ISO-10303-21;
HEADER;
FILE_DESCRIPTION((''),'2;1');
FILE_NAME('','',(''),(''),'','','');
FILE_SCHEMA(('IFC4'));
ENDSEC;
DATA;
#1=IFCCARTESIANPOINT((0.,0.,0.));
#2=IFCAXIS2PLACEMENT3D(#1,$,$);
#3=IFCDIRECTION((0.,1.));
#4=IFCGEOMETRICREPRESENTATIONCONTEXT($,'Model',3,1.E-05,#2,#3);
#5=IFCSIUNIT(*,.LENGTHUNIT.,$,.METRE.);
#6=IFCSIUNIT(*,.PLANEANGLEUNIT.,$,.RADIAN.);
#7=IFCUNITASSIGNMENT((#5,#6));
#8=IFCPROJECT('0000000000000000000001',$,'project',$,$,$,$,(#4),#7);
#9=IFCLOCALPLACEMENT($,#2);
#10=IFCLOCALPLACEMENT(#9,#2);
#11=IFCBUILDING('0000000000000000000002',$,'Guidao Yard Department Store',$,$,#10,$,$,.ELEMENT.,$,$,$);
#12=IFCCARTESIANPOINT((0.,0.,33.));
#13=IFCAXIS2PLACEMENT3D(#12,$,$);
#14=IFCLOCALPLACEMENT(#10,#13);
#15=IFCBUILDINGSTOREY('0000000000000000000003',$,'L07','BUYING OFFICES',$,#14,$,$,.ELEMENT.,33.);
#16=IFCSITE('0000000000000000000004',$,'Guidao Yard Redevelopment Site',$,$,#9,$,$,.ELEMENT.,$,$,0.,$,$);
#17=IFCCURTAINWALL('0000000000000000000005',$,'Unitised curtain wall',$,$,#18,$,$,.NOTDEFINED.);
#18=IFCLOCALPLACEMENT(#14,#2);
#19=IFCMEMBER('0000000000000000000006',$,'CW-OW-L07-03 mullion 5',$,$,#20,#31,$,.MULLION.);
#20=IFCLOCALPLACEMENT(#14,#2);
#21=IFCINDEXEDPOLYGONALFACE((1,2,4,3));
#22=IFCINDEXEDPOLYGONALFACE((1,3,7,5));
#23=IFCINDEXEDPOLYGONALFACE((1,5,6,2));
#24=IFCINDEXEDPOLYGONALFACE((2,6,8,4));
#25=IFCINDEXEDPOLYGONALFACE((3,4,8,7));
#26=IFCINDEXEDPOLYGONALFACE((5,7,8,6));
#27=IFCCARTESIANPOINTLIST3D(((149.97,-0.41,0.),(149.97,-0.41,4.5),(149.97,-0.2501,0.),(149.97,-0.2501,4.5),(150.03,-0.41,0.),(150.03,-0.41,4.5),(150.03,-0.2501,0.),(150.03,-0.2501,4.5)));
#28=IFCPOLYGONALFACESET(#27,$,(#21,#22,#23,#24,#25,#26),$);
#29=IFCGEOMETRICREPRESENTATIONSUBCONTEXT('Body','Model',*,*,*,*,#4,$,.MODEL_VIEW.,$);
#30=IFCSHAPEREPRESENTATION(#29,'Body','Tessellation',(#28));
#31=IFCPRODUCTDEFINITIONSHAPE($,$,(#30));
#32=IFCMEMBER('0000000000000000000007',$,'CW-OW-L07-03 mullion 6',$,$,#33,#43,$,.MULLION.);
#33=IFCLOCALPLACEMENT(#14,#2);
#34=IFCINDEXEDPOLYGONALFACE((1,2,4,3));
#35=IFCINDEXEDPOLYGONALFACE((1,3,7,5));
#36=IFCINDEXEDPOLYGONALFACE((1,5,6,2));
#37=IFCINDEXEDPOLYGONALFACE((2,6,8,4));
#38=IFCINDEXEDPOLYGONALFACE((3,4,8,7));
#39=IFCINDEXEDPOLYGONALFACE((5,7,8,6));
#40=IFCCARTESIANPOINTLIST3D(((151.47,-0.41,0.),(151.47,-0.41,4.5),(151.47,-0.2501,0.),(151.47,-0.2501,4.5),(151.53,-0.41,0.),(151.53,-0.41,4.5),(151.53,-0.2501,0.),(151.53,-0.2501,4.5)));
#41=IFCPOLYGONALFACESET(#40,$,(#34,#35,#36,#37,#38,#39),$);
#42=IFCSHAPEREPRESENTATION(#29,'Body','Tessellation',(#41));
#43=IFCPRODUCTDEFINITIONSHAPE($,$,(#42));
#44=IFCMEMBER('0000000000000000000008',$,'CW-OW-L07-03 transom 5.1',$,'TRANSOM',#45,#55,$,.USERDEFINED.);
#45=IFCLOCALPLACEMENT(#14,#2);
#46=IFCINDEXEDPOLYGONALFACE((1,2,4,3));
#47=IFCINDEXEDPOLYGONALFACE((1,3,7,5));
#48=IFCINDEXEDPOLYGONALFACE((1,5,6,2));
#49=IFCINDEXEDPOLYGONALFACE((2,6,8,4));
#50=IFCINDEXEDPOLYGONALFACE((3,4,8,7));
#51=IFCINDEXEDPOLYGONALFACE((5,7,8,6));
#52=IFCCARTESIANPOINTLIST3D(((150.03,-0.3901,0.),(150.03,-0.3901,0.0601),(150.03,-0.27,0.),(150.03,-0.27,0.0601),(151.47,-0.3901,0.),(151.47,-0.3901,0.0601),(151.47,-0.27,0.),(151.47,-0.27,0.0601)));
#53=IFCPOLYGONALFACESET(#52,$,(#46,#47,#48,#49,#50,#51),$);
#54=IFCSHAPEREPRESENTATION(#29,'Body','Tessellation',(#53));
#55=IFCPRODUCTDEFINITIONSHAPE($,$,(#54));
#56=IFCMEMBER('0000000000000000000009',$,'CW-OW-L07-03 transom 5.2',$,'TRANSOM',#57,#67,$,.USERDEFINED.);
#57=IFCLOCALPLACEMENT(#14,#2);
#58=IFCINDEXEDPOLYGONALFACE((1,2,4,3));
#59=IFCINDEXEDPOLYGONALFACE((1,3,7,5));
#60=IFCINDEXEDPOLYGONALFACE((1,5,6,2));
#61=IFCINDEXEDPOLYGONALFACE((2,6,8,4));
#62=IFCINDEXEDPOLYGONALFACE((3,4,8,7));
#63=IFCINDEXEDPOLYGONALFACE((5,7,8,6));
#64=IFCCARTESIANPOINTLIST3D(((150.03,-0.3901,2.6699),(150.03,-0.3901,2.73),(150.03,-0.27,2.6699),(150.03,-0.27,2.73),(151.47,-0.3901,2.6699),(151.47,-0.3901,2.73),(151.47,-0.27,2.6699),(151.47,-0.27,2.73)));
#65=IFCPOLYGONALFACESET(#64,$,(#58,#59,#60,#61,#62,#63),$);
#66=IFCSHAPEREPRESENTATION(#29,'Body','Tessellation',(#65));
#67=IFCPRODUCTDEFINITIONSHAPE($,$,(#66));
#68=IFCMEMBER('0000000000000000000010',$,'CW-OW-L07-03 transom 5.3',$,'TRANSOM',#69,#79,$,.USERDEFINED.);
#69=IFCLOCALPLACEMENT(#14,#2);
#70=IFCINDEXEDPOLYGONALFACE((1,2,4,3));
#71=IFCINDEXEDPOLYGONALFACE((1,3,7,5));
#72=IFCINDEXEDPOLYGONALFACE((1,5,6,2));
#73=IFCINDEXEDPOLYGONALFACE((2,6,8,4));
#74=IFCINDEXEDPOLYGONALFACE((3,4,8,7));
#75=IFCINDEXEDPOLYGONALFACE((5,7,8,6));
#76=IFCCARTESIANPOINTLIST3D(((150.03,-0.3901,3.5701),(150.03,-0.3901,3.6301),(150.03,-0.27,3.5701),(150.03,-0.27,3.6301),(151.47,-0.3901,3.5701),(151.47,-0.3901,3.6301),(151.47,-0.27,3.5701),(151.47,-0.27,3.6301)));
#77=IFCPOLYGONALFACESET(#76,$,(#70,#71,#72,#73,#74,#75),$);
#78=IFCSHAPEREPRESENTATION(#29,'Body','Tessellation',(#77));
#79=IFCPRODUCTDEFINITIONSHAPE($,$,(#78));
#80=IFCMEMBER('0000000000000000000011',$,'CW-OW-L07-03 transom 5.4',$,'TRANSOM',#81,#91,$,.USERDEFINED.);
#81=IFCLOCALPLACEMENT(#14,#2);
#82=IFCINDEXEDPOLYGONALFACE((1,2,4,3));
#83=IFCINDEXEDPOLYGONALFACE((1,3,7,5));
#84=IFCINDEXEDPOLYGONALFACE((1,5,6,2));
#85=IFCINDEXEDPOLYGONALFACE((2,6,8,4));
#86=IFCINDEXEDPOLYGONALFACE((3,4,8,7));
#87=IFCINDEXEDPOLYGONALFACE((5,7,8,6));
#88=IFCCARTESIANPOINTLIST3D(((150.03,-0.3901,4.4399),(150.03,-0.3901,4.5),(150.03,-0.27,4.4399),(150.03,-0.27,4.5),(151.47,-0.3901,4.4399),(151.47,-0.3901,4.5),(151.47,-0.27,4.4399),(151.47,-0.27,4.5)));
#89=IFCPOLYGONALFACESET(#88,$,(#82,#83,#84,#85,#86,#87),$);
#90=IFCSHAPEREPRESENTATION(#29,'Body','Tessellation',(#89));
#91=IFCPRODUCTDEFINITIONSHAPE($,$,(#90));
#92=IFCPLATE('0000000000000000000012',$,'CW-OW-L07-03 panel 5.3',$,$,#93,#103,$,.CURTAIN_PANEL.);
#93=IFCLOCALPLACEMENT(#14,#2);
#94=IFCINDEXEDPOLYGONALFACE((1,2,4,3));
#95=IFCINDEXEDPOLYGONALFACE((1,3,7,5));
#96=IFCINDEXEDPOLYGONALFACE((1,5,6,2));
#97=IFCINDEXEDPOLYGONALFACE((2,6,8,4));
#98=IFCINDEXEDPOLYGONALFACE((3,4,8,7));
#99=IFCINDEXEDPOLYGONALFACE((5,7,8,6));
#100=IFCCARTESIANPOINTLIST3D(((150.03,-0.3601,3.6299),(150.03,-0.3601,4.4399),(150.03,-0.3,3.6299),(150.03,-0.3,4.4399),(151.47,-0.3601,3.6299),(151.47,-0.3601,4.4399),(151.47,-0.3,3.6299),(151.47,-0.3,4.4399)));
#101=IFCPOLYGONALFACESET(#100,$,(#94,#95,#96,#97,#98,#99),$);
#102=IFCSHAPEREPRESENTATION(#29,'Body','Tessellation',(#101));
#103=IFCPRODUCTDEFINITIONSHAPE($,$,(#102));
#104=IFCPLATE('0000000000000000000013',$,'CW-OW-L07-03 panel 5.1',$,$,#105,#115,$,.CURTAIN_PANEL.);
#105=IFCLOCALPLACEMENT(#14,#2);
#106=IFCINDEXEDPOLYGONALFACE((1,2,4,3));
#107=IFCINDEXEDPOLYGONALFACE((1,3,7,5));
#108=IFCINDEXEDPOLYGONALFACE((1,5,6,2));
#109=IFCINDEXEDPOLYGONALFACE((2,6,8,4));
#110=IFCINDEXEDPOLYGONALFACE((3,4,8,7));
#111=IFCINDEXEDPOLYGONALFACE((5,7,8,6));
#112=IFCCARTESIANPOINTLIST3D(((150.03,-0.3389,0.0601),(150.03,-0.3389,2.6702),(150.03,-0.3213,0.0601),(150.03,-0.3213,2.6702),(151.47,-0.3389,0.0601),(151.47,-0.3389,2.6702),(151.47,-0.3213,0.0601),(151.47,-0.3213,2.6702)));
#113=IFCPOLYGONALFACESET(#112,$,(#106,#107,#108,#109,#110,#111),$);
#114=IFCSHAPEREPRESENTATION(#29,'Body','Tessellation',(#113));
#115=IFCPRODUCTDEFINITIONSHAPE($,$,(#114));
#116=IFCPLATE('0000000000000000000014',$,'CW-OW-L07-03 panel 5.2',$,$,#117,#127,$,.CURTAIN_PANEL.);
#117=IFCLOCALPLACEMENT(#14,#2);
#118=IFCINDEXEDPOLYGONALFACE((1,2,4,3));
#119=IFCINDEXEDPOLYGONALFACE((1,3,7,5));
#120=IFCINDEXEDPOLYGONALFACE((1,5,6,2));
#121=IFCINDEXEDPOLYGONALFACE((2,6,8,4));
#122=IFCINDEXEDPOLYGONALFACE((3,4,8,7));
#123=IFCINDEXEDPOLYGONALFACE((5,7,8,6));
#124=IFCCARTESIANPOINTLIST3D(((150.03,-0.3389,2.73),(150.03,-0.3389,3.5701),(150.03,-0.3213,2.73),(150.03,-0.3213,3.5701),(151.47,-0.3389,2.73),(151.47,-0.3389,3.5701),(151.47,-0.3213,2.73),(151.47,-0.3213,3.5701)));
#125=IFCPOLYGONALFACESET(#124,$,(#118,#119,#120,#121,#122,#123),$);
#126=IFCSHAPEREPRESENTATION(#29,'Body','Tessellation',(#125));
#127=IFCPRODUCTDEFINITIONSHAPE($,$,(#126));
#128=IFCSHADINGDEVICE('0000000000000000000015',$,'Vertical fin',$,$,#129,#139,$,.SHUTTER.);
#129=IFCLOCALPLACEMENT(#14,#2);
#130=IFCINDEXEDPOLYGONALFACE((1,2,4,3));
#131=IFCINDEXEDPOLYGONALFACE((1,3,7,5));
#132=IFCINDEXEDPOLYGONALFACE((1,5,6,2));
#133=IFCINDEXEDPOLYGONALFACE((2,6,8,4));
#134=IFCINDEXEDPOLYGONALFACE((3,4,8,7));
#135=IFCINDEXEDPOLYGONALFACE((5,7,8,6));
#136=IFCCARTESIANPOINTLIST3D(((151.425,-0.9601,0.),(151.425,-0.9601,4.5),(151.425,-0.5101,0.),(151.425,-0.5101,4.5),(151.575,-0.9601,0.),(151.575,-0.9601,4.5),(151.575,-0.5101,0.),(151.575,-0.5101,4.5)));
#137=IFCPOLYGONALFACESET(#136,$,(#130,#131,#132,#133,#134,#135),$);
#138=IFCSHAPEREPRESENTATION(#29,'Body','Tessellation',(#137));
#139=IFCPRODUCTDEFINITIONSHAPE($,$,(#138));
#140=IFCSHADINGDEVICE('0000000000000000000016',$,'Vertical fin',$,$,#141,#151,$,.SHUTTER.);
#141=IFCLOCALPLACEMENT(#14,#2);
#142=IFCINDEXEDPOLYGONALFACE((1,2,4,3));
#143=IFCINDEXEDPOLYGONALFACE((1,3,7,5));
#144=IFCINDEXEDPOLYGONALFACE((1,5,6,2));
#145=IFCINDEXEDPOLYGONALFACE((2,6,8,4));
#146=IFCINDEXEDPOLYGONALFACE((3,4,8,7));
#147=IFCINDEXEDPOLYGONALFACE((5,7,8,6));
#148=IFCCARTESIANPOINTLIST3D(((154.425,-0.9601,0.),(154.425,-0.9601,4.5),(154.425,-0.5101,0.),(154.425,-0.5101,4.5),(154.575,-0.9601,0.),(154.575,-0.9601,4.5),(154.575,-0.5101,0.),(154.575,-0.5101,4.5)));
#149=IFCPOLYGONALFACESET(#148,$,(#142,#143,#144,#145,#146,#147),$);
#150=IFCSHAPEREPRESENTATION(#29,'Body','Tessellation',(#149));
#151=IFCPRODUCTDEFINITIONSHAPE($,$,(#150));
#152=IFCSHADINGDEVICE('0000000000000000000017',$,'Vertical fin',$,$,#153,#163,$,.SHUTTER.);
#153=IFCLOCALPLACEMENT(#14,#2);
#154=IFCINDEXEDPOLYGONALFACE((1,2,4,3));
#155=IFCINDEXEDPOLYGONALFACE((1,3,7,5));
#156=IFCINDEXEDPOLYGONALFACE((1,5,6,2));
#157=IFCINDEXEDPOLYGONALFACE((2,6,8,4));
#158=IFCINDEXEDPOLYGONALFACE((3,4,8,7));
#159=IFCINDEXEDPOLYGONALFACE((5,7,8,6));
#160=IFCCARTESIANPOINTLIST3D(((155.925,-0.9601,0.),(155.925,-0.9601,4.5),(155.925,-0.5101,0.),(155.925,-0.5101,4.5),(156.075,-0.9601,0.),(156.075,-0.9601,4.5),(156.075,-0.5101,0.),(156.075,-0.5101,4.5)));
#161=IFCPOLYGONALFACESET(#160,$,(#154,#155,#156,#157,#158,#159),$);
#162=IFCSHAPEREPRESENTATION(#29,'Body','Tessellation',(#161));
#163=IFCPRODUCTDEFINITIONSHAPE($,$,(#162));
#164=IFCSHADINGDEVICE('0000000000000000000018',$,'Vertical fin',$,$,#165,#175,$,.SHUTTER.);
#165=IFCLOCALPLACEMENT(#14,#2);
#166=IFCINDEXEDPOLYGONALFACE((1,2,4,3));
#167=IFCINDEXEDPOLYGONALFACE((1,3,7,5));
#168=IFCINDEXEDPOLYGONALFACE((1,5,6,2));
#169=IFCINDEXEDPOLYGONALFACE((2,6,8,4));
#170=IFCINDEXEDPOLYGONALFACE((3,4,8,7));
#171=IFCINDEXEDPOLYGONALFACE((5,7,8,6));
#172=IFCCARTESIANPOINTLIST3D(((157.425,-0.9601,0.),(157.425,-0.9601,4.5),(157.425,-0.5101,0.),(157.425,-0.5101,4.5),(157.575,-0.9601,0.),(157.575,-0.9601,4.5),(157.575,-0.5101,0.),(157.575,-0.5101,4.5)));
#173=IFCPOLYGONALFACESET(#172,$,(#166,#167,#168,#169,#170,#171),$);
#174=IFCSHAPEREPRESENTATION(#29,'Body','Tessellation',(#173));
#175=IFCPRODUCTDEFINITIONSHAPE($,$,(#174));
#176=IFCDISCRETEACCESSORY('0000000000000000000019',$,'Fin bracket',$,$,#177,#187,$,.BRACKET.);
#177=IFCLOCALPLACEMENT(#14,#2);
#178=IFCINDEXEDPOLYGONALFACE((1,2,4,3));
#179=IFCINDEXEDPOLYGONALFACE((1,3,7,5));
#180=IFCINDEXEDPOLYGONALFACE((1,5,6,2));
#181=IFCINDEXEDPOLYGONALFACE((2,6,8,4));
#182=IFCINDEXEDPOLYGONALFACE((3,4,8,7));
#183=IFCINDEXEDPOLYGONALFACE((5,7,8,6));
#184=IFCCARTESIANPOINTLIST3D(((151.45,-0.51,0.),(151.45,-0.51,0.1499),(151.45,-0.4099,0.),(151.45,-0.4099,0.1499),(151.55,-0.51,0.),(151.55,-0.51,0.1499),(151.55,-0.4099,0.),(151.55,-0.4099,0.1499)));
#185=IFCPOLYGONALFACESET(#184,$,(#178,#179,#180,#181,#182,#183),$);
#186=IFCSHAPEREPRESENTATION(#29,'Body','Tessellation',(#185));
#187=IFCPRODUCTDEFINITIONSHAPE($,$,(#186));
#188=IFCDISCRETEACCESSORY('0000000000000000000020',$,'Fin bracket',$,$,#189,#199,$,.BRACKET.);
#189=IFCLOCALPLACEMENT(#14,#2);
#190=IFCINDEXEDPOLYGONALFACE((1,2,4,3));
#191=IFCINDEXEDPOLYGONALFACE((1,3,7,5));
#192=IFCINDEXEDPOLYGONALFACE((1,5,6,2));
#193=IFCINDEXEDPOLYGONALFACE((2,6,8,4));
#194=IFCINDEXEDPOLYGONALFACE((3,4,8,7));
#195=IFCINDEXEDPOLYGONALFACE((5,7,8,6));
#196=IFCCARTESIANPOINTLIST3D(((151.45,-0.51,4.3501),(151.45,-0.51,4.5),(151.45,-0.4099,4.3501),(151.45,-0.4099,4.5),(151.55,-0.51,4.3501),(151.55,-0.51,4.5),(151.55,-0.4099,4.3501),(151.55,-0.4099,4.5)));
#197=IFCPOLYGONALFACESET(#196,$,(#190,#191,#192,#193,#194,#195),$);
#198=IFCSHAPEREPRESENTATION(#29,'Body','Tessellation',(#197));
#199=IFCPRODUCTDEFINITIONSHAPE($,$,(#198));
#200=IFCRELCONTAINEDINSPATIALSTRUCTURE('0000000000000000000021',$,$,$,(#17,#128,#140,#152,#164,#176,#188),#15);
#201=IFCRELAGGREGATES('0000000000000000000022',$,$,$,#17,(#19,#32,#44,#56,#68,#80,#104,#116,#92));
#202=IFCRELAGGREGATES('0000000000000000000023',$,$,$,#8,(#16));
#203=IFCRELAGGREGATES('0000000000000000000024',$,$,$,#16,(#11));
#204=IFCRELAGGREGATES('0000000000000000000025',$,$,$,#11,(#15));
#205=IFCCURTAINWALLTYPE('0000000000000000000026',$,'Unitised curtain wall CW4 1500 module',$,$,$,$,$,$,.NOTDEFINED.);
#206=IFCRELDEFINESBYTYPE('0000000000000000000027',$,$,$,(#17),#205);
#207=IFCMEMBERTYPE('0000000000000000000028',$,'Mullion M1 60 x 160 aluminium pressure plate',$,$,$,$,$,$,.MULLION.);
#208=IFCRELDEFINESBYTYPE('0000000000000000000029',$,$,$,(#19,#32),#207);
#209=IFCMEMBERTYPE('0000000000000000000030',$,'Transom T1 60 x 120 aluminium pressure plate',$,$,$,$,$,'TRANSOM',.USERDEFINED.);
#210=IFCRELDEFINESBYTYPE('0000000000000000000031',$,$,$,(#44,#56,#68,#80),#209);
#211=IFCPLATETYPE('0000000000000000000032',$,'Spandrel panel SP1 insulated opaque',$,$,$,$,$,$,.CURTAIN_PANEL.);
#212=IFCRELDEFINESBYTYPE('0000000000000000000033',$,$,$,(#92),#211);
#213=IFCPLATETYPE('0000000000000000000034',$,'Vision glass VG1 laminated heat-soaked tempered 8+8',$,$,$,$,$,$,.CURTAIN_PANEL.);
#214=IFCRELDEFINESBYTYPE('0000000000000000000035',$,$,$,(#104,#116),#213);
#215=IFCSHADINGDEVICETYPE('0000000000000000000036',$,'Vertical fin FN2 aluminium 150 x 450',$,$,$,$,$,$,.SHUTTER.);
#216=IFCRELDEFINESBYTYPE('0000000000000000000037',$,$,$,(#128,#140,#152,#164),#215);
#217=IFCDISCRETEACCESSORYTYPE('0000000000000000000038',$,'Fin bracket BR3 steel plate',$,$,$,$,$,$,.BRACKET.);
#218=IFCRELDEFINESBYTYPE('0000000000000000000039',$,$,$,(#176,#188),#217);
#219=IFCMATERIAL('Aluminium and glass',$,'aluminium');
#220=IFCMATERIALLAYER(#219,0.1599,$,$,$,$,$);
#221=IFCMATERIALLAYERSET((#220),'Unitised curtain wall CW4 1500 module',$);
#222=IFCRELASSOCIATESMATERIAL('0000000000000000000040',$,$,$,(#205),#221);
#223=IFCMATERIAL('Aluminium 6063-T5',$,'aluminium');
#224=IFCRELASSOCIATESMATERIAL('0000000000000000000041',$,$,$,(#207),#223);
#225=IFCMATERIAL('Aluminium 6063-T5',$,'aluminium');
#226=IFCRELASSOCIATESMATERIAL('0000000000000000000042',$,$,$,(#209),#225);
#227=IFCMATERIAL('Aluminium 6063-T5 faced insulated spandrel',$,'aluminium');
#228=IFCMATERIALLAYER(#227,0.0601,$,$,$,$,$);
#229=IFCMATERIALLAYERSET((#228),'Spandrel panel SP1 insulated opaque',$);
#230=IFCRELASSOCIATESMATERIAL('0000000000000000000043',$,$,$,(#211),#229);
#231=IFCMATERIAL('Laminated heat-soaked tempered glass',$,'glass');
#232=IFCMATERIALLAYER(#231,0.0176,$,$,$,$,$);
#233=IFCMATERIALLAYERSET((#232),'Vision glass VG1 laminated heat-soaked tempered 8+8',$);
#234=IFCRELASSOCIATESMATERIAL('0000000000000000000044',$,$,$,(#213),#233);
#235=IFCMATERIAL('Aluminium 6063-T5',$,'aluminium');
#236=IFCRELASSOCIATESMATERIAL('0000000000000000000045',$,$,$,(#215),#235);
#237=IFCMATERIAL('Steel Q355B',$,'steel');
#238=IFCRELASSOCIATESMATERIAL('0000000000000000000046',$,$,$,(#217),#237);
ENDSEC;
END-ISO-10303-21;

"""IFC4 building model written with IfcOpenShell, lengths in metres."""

from ifc_helpers import new_model, si_unit, direction, frame, origin, origin_2d, place, context, subcontext, project, spatial, rectangle, extrude, material, layer, layer_set, material_profile, profile_set, type_object, element, aggregate, save


model = new_model("IFC4")

# Units and contexts
model_context = context("Model", 3, precision=1e-05, world=origin(), true_north=direction((0.0, 1.0)))
body_context = subcontext(model_context, "Body", "Model", "MODEL_VIEW")
ifc_project = project(units=[si_unit("LENGTHUNIT", "METRE"), si_unit("PLANEANGLEUNIT", "RADIAN")], contexts=[model_context])

# Site, building, storey
site_placement = place(None, origin())
site = spatial("IfcSite", under=ifc_project, at=site_placement, Name="Guidao Yard Redevelopment Site", CompositionType="ELEMENT", RefElevation=0.0)
building_placement = place(site_placement, origin())
building = spatial("IfcBuilding", under=site, at=building_placement, Name="Guidao Yard Department Store", CompositionType="ELEMENT")
storey_placement = place(building_placement, frame((0.0, 0.0, 33.0)))
storey = spatial("IfcBuildingStorey", under=building, at=storey_placement, Name="L07", Description="BUYING OFFICES", CompositionType="ELEMENT", Elevation=33.0)

# Curtain wall, members, plates
ifc_material_1 = material(Name="Aluminium and glass", Category="aluminium")
ifc_layer_1 = layer(ifc_material_1, 0.1599)
ifc_layer_set_1 = layer_set([ifc_layer_1], Name="Unitised curtain wall CW4 1500 module")
curtain_wall_type = type_object("IfcCurtainWallType", Name="Unitised curtain wall CW4 1500 module", PredefinedType="NOTDEFINED", material=ifc_layer_set_1)
curtain_wall_placement = place(storey_placement, origin())
curtain_wall = element("IfcCurtainWall", 1, at=curtain_wall_placement, inside=storey, type_object=curtain_wall_type, Name="Unitised curtain wall", PredefinedType="NOTDEFINED")
ifc_material_2 = material(Name="Aluminium 6063-T5", Category="aluminium")
ifc_material_profile_1 = material_profile(ifc_material_2, rectangle(XDim=0.0601, YDim=0.1599, at=origin_2d()), Name="Mullion M1 60 x 160 aluminium pressure plate")
ifc_profile_set_1 = profile_set([ifc_material_profile_1], Name="Aluminium 6063-T5")
member_type_1 = type_object("IfcMemberType", Name="Mullion M1 60 x 160 aluminium pressure plate", PredefinedType="MULLION", material=ifc_profile_set_1)
member_1_placement = place(storey_placement, frame((150.0, -0.3301, 0.0), z_axis=(0.0, 0.0, 1.0), x_axis=(-1.0, 0.0, 0.0)))
member_1 = element("IfcMember", 2, at=member_1_placement, type_object=member_type_1, Name="CW-OW-L07-03 mullion 5", PredefinedType="MULLION", context=body_context, shape_type="SweptSolid", body=[
    extrude(rectangle(XDim=0.0601, YDim=0.1599, at=origin_2d()), origin(), (0.0, 0.0, 1.0), 4.5),
])
member_2_placement = place(storey_placement, frame((151.5, -0.3301, 0.0), z_axis=(0.0, 0.0, 1.0), x_axis=(-1.0, 0.0, 0.0)))
member_2 = element("IfcMember", 3, at=member_2_placement, type_object=member_type_1, Name="CW-OW-L07-03 mullion 6", PredefinedType="MULLION", context=body_context, shape_type="SweptSolid", body=[
    extrude(rectangle(XDim=0.0601, YDim=0.1599, at=origin_2d()), origin(), (0.0, 0.0, 1.0), 4.5),
])
ifc_material_3 = material(Name="Aluminium 6063-T5", Category="aluminium")
ifc_material_profile_2 = material_profile(ifc_material_3, rectangle(XDim=0.1201, YDim=0.0601, at=origin_2d()), Name="Transom T1 60 x 120 aluminium pressure plate")
ifc_profile_set_2 = profile_set([ifc_material_profile_2], Name="Aluminium 6063-T5")
member_type_2 = type_object("IfcMemberType", Name="Transom T1 60 x 120 aluminium pressure plate", ElementType="TRANSOM", PredefinedType="USERDEFINED", material=ifc_profile_set_2)
member_3_placement = place(storey_placement, frame((151.47, -0.3301, 0.03), z_axis=(-1.0, 0.0, 0.0), x_axis=(0.0, -1.0, 0.0)))
member_3 = element("IfcMember", 4, at=member_3_placement, type_object=member_type_2, Name="CW-OW-L07-03 transom 5.1", ObjectType="TRANSOM", PredefinedType="USERDEFINED", context=body_context, shape_type="SweptSolid", body=[
    extrude(rectangle(XDim=0.1201, YDim=0.0601, at=origin_2d()), origin(), (0.0, 0.0, 1.0), 1.4399),
])
member_4_placement = place(storey_placement, frame((151.47, -0.3301, 2.7), z_axis=(-1.0, 0.0, 0.0), x_axis=(0.0, -1.0, 0.0)))
member_4 = element("IfcMember", 5, at=member_4_placement, type_object=member_type_2, Name="CW-OW-L07-03 transom 5.2", ObjectType="TRANSOM", PredefinedType="USERDEFINED", context=body_context, shape_type="SweptSolid", body=[
    extrude(rectangle(XDim=0.1201, YDim=0.0601, at=origin_2d()), origin(), (0.0, 0.0, 1.0), 1.4399),
])
member_5_placement = place(storey_placement, frame((151.47, -0.3301, 3.6001), z_axis=(-1.0, 0.0, 0.0), x_axis=(0.0, -1.0, 0.0)))
member_5 = element("IfcMember", 6, at=member_5_placement, type_object=member_type_2, Name="CW-OW-L07-03 transom 5.3", ObjectType="TRANSOM", PredefinedType="USERDEFINED", context=body_context, shape_type="SweptSolid", body=[
    extrude(rectangle(XDim=0.1201, YDim=0.0601, at=origin_2d()), origin(), (0.0, 0.0, 1.0), 1.4399),
])
member_6_placement = place(storey_placement, frame((151.47, -0.3301, 4.47), z_axis=(-1.0, 0.0, 0.0), x_axis=(0.0, -1.0, 0.0)))
member_6 = element("IfcMember", 7, at=member_6_placement, type_object=member_type_2, Name="CW-OW-L07-03 transom 5.4", ObjectType="TRANSOM", PredefinedType="USERDEFINED", context=body_context, shape_type="SweptSolid", body=[
    extrude(rectangle(XDim=0.1201, YDim=0.0601, at=origin_2d()), origin(), (0.0, 0.0, 1.0), 1.4399),
])
ifc_material_4 = material(Name="Aluminium 6063-T5 faced insulated spandrel", Category="aluminium")
ifc_layer_2 = layer(ifc_material_4, 0.0601)
ifc_layer_set_2 = layer_set([ifc_layer_2], Name="Spandrel panel SP1 insulated opaque")
plate_type_1 = type_object("IfcPlateType", Name="Spandrel panel SP1 insulated opaque", PredefinedType="CURTAIN_PANEL", material=ifc_layer_set_2)
plate_1_placement = place(storey_placement, frame((150.75, -0.3301, 3.6299), z_axis=(0.0, 0.0, 1.0), x_axis=(-1.0, 0.0, 0.0)))
plate_1 = element("IfcPlate", 8, at=plate_1_placement, type_object=plate_type_1, Name="CW-OW-L07-03 panel 5.3", PredefinedType="CURTAIN_PANEL", context=body_context, shape_type="SweptSolid", body=[
    extrude(rectangle(XDim=1.4399, YDim=0.0601, at=origin_2d()), origin(), (0.0, 0.0, 1.0), 0.8101),
])
ifc_material_5 = material(Name="Laminated heat-soaked tempered glass", Category="glass")
ifc_layer_3 = layer(ifc_material_5, 0.0176)
ifc_layer_set_3 = layer_set([ifc_layer_3], Name="Vision glass VG1 laminated heat-soaked tempered 8+8")
plate_type_2 = type_object("IfcPlateType", Name="Vision glass VG1 laminated heat-soaked tempered 8+8", PredefinedType="CURTAIN_PANEL", material=ifc_layer_set_3)
plate_2_placement = place(storey_placement, frame((150.75, -0.3301, 0.0601), z_axis=(0.0, 0.0, 1.0), x_axis=(-1.0, 0.0, 0.0)))
plate_2 = element("IfcPlate", 9, at=plate_2_placement, type_object=plate_type_2, Name="CW-OW-L07-03 panel 5.1", PredefinedType="CURTAIN_PANEL", context=body_context, shape_type="SweptSolid", body=[
    extrude(rectangle(XDim=1.4399, YDim=0.0176, at=origin_2d()), origin(), (0.0, 0.0, 1.0), 2.6101),
])
plate_3_placement = place(storey_placement, frame((150.75, -0.3301, 2.73), z_axis=(0.0, 0.0, 1.0), x_axis=(-1.0, 0.0, 0.0)))
plate_3 = element("IfcPlate", 10, at=plate_3_placement, type_object=plate_type_2, Name="CW-OW-L07-03 panel 5.2", PredefinedType="CURTAIN_PANEL", context=body_context, shape_type="SweptSolid", body=[
    extrude(rectangle(XDim=1.4399, YDim=0.0176, at=origin_2d()), origin(), (0.0, 0.0, 1.0), 0.8401),
])
aggregate(curtain_wall, [member_1, member_2, member_3, member_4, member_5, member_6, plate_2, plate_3, plate_1])

# Shading devices
ifc_material_6 = material(Name="Aluminium 6063-T5", Category="aluminium")
shading_device_type = type_object("IfcShadingDeviceType", Name="Vertical fin FN2 aluminium 150 x 450", PredefinedType="SHUTTER", material=ifc_material_6)
for number, where, z_axis, x_axis, name in (
    (11, (151.5, -0.7351, 0.0), (0.0, 0.0, 1.0), (-1.0, 0.0, 0.0), "Vertical fin"),
    (12, (154.5, -0.7351, 0.0), (0.0, 0.0, 1.0), (-1.0, 0.0, 0.0), "Vertical fin"),
    (13, (156.0, -0.7351, 0.0), (0.0, 0.0, 1.0), (-1.0, 0.0, 0.0), "Vertical fin"),
    (14, (157.5, -0.7351, 0.0), (0.0, 0.0, 1.0), (-1.0, 0.0, 0.0), "Vertical fin"),
):
    element("IfcShadingDevice", number, at=place(storey_placement, frame(where, z_axis=z_axis, x_axis=x_axis)), inside=storey, type_object=shading_device_type, Name=name, PredefinedType="SHUTTER", context=body_context, shape_type="SweptSolid", body=[
        extrude(rectangle(XDim=0.1499, YDim=0.45, at=origin_2d()), origin(), (0.0, 0.0, 1.0), 4.5),
    ])

# Discrete accessories
ifc_material_7 = material(Name="Steel Q355B", Category="steel")
discrete_accessory_type = type_object("IfcDiscreteAccessoryType", Name="Fin bracket BR3 steel plate", PredefinedType="BRACKET", material=ifc_material_7)
for number, where, z_axis, x_axis, name in (
    (15, (151.5, -0.46, 0.0), (0.0, 0.0, 1.0), (-1.0, 0.0, 0.0), "Fin bracket"),
    (16, (151.5, -0.46, 4.3501), (0.0, 0.0, 1.0), (-1.0, 0.0, 0.0), "Fin bracket"),
):
    element("IfcDiscreteAccessory", number, at=place(storey_placement, frame(where, z_axis=z_axis, x_axis=x_axis)), inside=storey, type_object=discrete_accessory_type, Name=name, PredefinedType="BRACKET", context=body_context, shape_type="SweptSolid", body=[
        extrude(rectangle(XDim=0.1001, YDim=0.1001, at=origin_2d()), origin(), (0.0, 0.0, 1.0), 0.1499),
    ])

save(model, "model.ifc")
